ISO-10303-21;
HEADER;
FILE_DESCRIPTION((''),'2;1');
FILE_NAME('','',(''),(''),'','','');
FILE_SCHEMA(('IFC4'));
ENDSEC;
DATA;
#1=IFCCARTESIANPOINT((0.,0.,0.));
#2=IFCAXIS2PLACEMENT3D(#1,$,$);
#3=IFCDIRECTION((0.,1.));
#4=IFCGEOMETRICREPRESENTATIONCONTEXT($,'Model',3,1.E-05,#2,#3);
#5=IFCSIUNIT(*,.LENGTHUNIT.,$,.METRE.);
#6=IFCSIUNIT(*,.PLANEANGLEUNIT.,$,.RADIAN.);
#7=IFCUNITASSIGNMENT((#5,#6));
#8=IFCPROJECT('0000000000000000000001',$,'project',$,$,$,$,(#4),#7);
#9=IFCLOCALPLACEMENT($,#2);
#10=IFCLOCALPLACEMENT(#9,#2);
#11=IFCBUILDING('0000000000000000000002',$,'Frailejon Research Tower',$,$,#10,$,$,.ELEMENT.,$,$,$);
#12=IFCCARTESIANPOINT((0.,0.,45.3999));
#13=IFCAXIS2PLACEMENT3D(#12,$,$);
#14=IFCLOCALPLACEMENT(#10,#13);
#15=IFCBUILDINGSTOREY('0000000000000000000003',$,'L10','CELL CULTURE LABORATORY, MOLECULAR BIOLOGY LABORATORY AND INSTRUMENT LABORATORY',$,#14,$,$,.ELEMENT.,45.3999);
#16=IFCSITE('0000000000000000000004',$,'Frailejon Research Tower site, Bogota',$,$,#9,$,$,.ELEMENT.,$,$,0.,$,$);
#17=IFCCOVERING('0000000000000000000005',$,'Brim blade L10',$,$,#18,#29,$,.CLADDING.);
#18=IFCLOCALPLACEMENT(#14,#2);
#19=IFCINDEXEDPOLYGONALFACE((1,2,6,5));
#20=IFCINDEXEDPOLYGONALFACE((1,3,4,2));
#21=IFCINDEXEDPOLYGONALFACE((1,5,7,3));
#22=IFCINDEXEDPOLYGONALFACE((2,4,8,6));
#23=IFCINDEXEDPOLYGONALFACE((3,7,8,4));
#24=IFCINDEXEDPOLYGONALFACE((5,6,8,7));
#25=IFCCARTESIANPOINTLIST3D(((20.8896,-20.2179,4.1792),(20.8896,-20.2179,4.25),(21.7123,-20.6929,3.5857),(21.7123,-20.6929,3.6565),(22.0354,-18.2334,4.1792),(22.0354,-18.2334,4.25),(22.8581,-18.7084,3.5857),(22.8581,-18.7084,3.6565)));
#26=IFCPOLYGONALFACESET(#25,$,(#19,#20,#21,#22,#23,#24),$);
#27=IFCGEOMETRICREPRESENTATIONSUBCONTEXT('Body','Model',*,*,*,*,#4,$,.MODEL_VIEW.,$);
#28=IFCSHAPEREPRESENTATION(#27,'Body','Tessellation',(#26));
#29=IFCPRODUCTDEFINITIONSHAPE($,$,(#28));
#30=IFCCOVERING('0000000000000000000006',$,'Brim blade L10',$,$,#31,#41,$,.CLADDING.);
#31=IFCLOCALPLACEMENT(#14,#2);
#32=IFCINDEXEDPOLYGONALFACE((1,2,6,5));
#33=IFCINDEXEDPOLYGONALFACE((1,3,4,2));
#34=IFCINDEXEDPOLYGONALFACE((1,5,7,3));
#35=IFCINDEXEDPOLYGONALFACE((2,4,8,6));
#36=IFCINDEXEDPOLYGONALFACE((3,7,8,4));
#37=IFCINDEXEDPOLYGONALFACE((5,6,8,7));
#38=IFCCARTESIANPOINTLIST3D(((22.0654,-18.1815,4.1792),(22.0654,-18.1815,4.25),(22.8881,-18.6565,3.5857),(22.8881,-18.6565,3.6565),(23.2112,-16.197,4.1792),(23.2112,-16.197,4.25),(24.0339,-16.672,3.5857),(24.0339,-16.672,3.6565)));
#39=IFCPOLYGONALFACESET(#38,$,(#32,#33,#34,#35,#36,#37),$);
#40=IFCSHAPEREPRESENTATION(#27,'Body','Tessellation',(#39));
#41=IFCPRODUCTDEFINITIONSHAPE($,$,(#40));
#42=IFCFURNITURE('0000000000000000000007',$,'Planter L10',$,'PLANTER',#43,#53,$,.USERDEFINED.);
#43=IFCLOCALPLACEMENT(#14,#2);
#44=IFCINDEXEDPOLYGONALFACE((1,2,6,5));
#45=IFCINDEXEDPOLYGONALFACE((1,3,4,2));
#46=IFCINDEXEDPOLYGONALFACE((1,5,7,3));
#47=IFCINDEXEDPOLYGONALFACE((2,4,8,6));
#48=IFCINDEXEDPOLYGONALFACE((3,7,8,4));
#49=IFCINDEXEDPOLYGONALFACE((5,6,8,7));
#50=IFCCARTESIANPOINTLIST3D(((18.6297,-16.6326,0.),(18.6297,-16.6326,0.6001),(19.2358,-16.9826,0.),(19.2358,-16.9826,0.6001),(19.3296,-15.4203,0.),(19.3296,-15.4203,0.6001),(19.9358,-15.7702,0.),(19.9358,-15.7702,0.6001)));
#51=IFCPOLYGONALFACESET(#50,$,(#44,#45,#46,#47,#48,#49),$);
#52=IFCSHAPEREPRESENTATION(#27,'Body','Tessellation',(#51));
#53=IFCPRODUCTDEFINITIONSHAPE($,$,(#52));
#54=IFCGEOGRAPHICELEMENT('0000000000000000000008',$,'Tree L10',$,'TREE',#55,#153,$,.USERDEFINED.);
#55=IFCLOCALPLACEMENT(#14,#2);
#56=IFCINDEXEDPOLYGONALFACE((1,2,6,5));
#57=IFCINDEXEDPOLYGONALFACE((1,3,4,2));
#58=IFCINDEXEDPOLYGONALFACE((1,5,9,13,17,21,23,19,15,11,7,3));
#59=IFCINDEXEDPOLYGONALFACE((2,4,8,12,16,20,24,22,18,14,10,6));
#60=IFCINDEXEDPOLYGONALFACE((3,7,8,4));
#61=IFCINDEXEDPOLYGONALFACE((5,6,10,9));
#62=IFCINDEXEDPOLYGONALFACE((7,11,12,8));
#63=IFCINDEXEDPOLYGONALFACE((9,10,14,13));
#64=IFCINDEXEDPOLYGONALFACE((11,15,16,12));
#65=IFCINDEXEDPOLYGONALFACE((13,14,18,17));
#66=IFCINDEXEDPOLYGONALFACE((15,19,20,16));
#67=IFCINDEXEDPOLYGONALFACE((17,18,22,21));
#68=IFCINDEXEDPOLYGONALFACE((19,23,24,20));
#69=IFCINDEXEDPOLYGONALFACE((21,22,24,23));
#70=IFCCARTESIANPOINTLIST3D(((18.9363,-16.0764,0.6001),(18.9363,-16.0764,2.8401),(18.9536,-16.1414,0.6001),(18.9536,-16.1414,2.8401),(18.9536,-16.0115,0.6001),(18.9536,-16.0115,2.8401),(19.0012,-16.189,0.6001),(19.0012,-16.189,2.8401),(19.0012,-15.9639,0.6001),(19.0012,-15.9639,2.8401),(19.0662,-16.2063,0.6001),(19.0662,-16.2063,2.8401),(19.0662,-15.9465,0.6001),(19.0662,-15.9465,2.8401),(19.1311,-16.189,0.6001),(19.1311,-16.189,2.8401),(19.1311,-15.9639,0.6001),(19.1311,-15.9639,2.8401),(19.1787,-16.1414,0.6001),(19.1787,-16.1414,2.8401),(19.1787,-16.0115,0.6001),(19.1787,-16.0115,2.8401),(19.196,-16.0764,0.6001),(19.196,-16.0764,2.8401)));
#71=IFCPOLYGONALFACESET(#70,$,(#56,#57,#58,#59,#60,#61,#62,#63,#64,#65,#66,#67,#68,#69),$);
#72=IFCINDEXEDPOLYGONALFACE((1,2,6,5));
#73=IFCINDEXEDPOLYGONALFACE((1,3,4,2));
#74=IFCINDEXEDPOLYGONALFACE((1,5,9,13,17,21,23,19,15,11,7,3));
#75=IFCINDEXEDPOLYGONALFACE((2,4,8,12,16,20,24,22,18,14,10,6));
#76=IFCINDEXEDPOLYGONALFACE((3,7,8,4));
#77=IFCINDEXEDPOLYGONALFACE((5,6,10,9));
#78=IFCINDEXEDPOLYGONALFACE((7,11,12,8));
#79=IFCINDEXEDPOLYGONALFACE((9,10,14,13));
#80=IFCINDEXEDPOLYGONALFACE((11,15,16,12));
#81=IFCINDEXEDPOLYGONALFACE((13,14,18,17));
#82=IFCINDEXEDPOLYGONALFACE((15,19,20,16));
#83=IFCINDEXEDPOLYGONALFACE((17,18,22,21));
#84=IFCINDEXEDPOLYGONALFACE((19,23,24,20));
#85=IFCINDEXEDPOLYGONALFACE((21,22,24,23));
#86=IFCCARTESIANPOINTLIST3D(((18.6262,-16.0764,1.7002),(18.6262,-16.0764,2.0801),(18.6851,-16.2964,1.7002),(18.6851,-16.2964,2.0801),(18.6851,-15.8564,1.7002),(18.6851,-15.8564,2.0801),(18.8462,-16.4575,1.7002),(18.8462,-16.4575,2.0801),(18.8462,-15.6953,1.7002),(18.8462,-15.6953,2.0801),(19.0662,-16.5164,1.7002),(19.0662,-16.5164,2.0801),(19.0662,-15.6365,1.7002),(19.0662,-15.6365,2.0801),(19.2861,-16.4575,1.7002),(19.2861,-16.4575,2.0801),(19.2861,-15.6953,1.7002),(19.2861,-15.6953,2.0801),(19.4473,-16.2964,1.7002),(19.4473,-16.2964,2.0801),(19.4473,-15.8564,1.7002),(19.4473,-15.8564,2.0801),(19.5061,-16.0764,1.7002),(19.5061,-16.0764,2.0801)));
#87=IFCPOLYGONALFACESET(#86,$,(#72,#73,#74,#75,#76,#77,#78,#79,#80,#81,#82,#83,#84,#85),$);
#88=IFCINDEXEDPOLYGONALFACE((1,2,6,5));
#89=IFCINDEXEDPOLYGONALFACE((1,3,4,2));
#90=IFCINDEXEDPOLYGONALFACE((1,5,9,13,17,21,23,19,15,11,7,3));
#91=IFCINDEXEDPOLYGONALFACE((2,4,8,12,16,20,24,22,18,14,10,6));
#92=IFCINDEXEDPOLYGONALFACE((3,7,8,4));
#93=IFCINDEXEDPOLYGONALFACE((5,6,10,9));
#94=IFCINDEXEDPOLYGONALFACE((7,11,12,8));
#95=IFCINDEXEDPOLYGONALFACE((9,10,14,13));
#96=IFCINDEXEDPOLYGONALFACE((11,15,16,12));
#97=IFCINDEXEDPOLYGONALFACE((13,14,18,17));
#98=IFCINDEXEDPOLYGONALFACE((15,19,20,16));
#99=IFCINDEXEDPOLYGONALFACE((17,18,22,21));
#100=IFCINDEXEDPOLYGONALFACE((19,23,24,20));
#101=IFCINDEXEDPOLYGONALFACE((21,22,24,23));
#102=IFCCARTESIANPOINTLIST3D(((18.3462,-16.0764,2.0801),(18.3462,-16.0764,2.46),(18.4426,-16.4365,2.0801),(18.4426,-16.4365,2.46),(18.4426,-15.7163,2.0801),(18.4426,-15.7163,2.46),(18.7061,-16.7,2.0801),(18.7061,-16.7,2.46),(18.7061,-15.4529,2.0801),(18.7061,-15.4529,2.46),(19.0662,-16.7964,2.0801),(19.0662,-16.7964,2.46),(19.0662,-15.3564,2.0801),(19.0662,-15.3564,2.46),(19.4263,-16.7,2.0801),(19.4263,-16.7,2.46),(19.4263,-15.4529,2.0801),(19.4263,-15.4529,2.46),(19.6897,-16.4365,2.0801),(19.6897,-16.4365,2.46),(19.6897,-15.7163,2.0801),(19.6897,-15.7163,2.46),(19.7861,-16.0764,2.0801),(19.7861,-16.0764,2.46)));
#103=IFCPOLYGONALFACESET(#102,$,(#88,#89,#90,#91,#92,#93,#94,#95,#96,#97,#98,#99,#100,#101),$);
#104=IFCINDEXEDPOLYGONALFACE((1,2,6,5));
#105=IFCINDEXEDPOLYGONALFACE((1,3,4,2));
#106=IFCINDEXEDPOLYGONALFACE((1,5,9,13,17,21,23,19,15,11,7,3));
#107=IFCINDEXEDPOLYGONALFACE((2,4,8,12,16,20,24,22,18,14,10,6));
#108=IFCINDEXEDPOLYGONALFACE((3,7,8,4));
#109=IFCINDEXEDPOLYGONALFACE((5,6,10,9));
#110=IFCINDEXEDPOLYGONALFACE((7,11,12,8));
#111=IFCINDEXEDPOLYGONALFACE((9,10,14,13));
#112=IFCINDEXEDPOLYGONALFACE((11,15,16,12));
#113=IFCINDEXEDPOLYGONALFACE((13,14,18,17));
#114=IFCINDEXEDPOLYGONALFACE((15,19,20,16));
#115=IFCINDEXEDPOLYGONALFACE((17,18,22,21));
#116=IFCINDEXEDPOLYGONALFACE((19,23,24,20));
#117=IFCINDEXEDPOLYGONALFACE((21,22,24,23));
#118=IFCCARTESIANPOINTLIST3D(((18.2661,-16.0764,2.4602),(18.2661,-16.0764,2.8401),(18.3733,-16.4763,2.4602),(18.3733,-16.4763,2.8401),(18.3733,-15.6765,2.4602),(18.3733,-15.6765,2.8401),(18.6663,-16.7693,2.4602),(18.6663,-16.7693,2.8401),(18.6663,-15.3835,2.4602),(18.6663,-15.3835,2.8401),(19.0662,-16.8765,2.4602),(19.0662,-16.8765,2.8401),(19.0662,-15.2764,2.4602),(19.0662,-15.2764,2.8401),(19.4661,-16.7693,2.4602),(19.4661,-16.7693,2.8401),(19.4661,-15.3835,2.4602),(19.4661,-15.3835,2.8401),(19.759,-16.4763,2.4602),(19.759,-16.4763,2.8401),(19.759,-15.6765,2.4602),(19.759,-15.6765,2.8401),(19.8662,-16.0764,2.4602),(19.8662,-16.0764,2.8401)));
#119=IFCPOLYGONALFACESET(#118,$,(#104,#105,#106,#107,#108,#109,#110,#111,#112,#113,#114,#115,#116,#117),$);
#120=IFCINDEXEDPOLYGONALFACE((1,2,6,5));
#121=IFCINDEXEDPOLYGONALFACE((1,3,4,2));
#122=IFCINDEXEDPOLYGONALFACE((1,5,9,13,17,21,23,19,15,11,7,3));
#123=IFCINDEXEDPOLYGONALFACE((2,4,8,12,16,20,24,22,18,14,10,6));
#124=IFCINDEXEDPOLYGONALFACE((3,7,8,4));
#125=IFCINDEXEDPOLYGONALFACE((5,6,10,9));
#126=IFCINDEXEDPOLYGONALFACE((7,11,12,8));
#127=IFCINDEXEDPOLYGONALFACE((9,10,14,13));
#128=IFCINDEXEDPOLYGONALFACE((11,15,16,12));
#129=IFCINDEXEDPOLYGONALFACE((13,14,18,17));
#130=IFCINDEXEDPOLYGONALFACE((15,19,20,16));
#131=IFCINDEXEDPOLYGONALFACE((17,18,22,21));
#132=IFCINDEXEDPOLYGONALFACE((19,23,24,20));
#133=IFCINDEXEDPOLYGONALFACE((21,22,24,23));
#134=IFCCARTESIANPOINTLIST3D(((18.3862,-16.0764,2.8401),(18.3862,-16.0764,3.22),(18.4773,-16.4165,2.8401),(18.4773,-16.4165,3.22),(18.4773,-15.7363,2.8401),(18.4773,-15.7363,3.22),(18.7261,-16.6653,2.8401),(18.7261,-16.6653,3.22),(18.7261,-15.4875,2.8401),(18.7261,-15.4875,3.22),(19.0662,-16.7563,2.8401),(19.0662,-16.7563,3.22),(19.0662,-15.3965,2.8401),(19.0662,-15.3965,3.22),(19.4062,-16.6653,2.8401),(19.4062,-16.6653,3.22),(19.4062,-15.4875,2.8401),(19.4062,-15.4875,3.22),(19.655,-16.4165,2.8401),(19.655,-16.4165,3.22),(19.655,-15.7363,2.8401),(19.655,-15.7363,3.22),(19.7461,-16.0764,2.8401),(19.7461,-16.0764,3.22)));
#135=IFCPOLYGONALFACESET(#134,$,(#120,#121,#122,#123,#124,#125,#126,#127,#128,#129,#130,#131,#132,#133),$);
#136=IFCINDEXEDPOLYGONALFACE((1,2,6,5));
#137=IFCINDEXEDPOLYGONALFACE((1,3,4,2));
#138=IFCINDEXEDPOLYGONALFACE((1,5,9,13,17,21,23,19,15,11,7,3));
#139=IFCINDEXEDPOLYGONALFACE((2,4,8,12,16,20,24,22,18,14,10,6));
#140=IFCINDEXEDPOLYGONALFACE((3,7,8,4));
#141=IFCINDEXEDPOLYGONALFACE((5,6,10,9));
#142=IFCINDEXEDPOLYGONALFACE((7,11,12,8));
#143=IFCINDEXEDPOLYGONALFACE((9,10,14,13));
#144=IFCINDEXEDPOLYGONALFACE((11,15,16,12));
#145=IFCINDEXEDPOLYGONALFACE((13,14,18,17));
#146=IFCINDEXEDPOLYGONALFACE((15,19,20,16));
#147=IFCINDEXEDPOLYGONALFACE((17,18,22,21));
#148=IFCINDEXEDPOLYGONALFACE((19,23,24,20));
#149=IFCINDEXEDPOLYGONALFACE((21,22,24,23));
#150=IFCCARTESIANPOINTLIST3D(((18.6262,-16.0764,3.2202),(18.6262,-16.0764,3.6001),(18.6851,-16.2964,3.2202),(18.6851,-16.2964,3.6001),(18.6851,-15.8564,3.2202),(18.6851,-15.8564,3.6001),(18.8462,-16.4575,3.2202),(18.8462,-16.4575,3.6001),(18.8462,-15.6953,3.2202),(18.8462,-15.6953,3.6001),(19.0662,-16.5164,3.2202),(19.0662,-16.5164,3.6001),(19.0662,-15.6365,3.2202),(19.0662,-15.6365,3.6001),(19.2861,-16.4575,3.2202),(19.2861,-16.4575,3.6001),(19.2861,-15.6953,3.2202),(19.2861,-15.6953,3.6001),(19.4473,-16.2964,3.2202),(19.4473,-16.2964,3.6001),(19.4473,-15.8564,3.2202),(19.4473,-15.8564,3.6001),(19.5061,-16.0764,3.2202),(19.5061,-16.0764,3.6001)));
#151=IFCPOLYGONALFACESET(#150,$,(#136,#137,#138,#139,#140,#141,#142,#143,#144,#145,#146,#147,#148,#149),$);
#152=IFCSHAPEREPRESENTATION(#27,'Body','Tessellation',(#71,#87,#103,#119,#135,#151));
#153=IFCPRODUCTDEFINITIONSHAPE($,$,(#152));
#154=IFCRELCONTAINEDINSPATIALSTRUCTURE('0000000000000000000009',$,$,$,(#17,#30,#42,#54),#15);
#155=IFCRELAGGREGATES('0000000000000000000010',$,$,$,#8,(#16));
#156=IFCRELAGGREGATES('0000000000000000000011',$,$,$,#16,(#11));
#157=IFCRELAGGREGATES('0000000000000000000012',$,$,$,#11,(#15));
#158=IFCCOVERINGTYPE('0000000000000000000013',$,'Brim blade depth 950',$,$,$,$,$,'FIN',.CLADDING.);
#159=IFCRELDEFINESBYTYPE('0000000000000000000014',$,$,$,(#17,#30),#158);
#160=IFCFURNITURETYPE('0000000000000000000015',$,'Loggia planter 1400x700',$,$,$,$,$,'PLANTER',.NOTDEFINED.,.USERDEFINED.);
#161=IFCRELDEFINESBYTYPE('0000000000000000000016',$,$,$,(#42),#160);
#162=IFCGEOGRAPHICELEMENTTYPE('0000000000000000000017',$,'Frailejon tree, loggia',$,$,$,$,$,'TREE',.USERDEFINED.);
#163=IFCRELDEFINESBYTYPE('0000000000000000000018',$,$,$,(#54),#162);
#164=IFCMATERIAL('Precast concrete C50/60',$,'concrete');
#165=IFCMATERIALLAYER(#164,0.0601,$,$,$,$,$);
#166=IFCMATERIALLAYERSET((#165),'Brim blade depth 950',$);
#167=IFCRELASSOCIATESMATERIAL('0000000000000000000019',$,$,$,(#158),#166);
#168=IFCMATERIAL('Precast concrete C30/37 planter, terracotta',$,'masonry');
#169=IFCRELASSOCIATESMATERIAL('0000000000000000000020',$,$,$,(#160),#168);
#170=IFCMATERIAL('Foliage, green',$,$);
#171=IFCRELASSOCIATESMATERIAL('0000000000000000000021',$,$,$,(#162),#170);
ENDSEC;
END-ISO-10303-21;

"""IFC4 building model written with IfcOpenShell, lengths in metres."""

from ifc_helpers import new_model, si_unit, direction, frame, origin, origin_2d, place, context, subcontext, project, spatial, polyline, rectangle, outline, extrude, material, layer, layer_set, type_object, element, save


model = new_model("IFC4")

# Units and contexts
model_context = context("Model", 3, precision=1e-05, world=origin(), true_north=direction((0.0, 1.0)))
body_context = subcontext(model_context, "Body", "Model", "MODEL_VIEW")
ifc_project = project(units=[si_unit("LENGTHUNIT", "METRE"), si_unit("PLANEANGLEUNIT", "RADIAN")], contexts=[model_context])

# Site, building, storey
site_placement = place(None, origin())
site = spatial("IfcSite", under=ifc_project, at=site_placement, Name="Frailejon Research Tower site, Bogota", CompositionType="ELEMENT", RefElevation=0.0)
building_placement = place(site_placement, origin())
building = spatial("IfcBuilding", under=site, at=building_placement, Name="Frailejon Research Tower", CompositionType="ELEMENT")
storey_placement = place(building_placement, frame((0.0, 0.0, 45.3999)))
storey = spatial("IfcBuildingStorey", under=building, at=storey_placement, Name="L10", Description="CELL CULTURE LABORATORY, MOLECULAR BIOLOGY LABORATORY AND INSTRUMENT LABORATORY", CompositionType="ELEMENT", Elevation=45.3999)

# Coverings
ifc_material_1 = material(Name="Precast concrete C50/60", Category="concrete")
ifc_layer_1 = layer(ifc_material_1, 0.0601)
ifc_layer_set_1 = layer_set([ifc_layer_1], Name="Brim blade depth 950")
covering_type_1 = type_object("IfcCoveringType", Name="Brim blade depth 950", ElementType="FIN", PredefinedType="CLADDING", material=ifc_layer_set_1)
for number, where, z_axis, x_axis, name in (
    (1, (22.0354, -18.2334, 4.25), (-0.500005, -0.866022, 0.0), (0.866022, -0.500005, 0.0), "Brim blade L10"),
    (2, (23.2112, -16.197, 4.25), (-0.500005, -0.866022, 0.0), (0.866022, -0.500005, 0.0), "Brim blade L10"),
):
    element("IfcCovering", number, at=place(storey_placement, frame(where, z_axis=z_axis, x_axis=x_axis)), inside=storey, type_object=covering_type_1, Name=name, PredefinedType="CLADDING", context=body_context, shape_type="SweptSolid", body=[
        extrude(outline(polyline([(0.0, -0.0708), (0.95, -0.6643), (0.95, -0.5935), (0.0, 0.0), (0.0, -0.0708)])), origin(), (0.0, 0.0, 1.0), 2.2915),
    ])

# Furniture
ifc_material_2 = material(Name="Precast concrete C30/37 planter, terracotta", Category="masonry")
furniture_type = type_object("IfcFurnitureType", Name="Loggia planter 1400x700", ElementType="PLANTER", AssemblyPlace="NOTDEFINED", PredefinedType="USERDEFINED", material=ifc_material_2)
furniture_placement = place(storey_placement, frame((19.2827, -16.2014, 0.0), z_axis=(0.0, 0.0, 1.0), x_axis=(0.5, 0.866025, 0.0)))
element("IfcFurniture", 3, at=furniture_placement, inside=storey, type_object=furniture_type, Name="Planter L10", ObjectType="PLANTER", PredefinedType="USERDEFINED", context=body_context, shape_type="SweptSolid", body=[
    extrude(rectangle(XDim=1.3999, YDim=0.7, at=origin_2d()), origin(), (0.0, 0.0, 1.0), 0.6001),
])

# Geographic element
ifc_material_3 = material(Name="Foliage, green")
geographic_element_type = type_object("IfcGeographicElementType", Name="Frailejon tree, loggia", ElementType="TREE", PredefinedType="USERDEFINED", material=ifc_material_3)
geographic_element_placement = place(storey_placement, frame((19.0662, -16.0764, 0.6001)))
element("IfcGeographicElement", 4, at=geographic_element_placement, inside=storey, type_object=geographic_element_type, Name="Tree L10", ObjectType="TREE", PredefinedType="USERDEFINED", context=body_context, shape_type="SweptSolid", body=[
    extrude(outline(polyline([(0.1299, 0.0), (0.1125, 0.0649), (0.0649, 0.1125), (0.0, 0.1299), (-0.0649, 0.1125), (-0.1125, 0.0649), (-0.1299, 0.0), (-0.1125, -0.0649), (-0.0649, -0.1125), (0.0, -0.1299), (0.0649, -0.1125), (0.1125, -0.0649), (0.1299, 0.0)])), origin(), (0.0, 0.0, 1.0), 2.24),
    extrude(outline(polyline([(0.4399, 0.0), (0.3811, 0.22), (0.22, 0.3811), (0.0, 0.4399), (-0.22, 0.3811), (-0.3811, 0.22), (-0.4399, 0.0), (-0.3811, -0.22), (-0.22, -0.3811), (0.0, -0.4399), (0.22, -0.3811), (0.3811, -0.22), (0.4399, 0.0)])), frame((0.0, 0.0, 1.1001)), (0.0, 0.0, 1.0), 0.3799),
    extrude(outline(polyline([(0.72, 0.0), (0.6235, 0.3601), (0.3601, 0.6235), (0.0, 0.72), (-0.3601, 0.6235), (-0.6235, 0.3601), (-0.72, 0.0), (-0.6235, -0.3601), (-0.3601, -0.6235), (0.0, -0.72), (0.3601, -0.6235), (0.6235, -0.3601), (0.72, 0.0)])), frame((0.0, 0.0, 1.48)), (0.0, 0.0, 1.0), 0.3799),
    extrude(outline(polyline([(0.8, 0.0), (0.6929, 0.3999), (0.3999, 0.6929), (0.0, 0.8), (-0.3999, 0.6929), (-0.6929, 0.3999), (-0.8, 0.0), (-0.6929, -0.3999), (-0.3999, -0.6929), (0.0, -0.8), (0.3999, -0.6929), (0.6929, -0.3999), (0.8, 0.0)])), frame((0.0, 0.0, 1.8601)), (0.0, 0.0, 1.0), 0.3799),
    extrude(outline(polyline([(0.6799, 0.0), (0.5889, 0.3401), (0.3401, 0.5889), (0.0, 0.6799), (-0.3401, 0.5889), (-0.5889, 0.3401), (-0.6799, 0.0), (-0.5889, -0.3401), (-0.3401, -0.5889), (0.0, -0.6799), (0.3401, -0.5889), (0.5889, -0.3401), (0.6799, 0.0)])), frame((0.0, 0.0, 2.24)), (0.0, 0.0, 1.0), 0.3799),
    extrude(outline(polyline([(0.4399, 0.0), (0.3811, 0.22), (0.22, 0.3811), (0.0, 0.4399), (-0.22, 0.3811), (-0.3811, 0.22), (-0.4399, 0.0), (-0.3811, -0.22), (-0.22, -0.3811), (0.0, -0.4399), (0.22, -0.3811), (0.3811, -0.22), (0.4399, 0.0)])), frame((0.0, 0.0, 2.6201)), (0.0, 0.0, 1.0), 0.3799),
])

save(model, "model.ifc")
